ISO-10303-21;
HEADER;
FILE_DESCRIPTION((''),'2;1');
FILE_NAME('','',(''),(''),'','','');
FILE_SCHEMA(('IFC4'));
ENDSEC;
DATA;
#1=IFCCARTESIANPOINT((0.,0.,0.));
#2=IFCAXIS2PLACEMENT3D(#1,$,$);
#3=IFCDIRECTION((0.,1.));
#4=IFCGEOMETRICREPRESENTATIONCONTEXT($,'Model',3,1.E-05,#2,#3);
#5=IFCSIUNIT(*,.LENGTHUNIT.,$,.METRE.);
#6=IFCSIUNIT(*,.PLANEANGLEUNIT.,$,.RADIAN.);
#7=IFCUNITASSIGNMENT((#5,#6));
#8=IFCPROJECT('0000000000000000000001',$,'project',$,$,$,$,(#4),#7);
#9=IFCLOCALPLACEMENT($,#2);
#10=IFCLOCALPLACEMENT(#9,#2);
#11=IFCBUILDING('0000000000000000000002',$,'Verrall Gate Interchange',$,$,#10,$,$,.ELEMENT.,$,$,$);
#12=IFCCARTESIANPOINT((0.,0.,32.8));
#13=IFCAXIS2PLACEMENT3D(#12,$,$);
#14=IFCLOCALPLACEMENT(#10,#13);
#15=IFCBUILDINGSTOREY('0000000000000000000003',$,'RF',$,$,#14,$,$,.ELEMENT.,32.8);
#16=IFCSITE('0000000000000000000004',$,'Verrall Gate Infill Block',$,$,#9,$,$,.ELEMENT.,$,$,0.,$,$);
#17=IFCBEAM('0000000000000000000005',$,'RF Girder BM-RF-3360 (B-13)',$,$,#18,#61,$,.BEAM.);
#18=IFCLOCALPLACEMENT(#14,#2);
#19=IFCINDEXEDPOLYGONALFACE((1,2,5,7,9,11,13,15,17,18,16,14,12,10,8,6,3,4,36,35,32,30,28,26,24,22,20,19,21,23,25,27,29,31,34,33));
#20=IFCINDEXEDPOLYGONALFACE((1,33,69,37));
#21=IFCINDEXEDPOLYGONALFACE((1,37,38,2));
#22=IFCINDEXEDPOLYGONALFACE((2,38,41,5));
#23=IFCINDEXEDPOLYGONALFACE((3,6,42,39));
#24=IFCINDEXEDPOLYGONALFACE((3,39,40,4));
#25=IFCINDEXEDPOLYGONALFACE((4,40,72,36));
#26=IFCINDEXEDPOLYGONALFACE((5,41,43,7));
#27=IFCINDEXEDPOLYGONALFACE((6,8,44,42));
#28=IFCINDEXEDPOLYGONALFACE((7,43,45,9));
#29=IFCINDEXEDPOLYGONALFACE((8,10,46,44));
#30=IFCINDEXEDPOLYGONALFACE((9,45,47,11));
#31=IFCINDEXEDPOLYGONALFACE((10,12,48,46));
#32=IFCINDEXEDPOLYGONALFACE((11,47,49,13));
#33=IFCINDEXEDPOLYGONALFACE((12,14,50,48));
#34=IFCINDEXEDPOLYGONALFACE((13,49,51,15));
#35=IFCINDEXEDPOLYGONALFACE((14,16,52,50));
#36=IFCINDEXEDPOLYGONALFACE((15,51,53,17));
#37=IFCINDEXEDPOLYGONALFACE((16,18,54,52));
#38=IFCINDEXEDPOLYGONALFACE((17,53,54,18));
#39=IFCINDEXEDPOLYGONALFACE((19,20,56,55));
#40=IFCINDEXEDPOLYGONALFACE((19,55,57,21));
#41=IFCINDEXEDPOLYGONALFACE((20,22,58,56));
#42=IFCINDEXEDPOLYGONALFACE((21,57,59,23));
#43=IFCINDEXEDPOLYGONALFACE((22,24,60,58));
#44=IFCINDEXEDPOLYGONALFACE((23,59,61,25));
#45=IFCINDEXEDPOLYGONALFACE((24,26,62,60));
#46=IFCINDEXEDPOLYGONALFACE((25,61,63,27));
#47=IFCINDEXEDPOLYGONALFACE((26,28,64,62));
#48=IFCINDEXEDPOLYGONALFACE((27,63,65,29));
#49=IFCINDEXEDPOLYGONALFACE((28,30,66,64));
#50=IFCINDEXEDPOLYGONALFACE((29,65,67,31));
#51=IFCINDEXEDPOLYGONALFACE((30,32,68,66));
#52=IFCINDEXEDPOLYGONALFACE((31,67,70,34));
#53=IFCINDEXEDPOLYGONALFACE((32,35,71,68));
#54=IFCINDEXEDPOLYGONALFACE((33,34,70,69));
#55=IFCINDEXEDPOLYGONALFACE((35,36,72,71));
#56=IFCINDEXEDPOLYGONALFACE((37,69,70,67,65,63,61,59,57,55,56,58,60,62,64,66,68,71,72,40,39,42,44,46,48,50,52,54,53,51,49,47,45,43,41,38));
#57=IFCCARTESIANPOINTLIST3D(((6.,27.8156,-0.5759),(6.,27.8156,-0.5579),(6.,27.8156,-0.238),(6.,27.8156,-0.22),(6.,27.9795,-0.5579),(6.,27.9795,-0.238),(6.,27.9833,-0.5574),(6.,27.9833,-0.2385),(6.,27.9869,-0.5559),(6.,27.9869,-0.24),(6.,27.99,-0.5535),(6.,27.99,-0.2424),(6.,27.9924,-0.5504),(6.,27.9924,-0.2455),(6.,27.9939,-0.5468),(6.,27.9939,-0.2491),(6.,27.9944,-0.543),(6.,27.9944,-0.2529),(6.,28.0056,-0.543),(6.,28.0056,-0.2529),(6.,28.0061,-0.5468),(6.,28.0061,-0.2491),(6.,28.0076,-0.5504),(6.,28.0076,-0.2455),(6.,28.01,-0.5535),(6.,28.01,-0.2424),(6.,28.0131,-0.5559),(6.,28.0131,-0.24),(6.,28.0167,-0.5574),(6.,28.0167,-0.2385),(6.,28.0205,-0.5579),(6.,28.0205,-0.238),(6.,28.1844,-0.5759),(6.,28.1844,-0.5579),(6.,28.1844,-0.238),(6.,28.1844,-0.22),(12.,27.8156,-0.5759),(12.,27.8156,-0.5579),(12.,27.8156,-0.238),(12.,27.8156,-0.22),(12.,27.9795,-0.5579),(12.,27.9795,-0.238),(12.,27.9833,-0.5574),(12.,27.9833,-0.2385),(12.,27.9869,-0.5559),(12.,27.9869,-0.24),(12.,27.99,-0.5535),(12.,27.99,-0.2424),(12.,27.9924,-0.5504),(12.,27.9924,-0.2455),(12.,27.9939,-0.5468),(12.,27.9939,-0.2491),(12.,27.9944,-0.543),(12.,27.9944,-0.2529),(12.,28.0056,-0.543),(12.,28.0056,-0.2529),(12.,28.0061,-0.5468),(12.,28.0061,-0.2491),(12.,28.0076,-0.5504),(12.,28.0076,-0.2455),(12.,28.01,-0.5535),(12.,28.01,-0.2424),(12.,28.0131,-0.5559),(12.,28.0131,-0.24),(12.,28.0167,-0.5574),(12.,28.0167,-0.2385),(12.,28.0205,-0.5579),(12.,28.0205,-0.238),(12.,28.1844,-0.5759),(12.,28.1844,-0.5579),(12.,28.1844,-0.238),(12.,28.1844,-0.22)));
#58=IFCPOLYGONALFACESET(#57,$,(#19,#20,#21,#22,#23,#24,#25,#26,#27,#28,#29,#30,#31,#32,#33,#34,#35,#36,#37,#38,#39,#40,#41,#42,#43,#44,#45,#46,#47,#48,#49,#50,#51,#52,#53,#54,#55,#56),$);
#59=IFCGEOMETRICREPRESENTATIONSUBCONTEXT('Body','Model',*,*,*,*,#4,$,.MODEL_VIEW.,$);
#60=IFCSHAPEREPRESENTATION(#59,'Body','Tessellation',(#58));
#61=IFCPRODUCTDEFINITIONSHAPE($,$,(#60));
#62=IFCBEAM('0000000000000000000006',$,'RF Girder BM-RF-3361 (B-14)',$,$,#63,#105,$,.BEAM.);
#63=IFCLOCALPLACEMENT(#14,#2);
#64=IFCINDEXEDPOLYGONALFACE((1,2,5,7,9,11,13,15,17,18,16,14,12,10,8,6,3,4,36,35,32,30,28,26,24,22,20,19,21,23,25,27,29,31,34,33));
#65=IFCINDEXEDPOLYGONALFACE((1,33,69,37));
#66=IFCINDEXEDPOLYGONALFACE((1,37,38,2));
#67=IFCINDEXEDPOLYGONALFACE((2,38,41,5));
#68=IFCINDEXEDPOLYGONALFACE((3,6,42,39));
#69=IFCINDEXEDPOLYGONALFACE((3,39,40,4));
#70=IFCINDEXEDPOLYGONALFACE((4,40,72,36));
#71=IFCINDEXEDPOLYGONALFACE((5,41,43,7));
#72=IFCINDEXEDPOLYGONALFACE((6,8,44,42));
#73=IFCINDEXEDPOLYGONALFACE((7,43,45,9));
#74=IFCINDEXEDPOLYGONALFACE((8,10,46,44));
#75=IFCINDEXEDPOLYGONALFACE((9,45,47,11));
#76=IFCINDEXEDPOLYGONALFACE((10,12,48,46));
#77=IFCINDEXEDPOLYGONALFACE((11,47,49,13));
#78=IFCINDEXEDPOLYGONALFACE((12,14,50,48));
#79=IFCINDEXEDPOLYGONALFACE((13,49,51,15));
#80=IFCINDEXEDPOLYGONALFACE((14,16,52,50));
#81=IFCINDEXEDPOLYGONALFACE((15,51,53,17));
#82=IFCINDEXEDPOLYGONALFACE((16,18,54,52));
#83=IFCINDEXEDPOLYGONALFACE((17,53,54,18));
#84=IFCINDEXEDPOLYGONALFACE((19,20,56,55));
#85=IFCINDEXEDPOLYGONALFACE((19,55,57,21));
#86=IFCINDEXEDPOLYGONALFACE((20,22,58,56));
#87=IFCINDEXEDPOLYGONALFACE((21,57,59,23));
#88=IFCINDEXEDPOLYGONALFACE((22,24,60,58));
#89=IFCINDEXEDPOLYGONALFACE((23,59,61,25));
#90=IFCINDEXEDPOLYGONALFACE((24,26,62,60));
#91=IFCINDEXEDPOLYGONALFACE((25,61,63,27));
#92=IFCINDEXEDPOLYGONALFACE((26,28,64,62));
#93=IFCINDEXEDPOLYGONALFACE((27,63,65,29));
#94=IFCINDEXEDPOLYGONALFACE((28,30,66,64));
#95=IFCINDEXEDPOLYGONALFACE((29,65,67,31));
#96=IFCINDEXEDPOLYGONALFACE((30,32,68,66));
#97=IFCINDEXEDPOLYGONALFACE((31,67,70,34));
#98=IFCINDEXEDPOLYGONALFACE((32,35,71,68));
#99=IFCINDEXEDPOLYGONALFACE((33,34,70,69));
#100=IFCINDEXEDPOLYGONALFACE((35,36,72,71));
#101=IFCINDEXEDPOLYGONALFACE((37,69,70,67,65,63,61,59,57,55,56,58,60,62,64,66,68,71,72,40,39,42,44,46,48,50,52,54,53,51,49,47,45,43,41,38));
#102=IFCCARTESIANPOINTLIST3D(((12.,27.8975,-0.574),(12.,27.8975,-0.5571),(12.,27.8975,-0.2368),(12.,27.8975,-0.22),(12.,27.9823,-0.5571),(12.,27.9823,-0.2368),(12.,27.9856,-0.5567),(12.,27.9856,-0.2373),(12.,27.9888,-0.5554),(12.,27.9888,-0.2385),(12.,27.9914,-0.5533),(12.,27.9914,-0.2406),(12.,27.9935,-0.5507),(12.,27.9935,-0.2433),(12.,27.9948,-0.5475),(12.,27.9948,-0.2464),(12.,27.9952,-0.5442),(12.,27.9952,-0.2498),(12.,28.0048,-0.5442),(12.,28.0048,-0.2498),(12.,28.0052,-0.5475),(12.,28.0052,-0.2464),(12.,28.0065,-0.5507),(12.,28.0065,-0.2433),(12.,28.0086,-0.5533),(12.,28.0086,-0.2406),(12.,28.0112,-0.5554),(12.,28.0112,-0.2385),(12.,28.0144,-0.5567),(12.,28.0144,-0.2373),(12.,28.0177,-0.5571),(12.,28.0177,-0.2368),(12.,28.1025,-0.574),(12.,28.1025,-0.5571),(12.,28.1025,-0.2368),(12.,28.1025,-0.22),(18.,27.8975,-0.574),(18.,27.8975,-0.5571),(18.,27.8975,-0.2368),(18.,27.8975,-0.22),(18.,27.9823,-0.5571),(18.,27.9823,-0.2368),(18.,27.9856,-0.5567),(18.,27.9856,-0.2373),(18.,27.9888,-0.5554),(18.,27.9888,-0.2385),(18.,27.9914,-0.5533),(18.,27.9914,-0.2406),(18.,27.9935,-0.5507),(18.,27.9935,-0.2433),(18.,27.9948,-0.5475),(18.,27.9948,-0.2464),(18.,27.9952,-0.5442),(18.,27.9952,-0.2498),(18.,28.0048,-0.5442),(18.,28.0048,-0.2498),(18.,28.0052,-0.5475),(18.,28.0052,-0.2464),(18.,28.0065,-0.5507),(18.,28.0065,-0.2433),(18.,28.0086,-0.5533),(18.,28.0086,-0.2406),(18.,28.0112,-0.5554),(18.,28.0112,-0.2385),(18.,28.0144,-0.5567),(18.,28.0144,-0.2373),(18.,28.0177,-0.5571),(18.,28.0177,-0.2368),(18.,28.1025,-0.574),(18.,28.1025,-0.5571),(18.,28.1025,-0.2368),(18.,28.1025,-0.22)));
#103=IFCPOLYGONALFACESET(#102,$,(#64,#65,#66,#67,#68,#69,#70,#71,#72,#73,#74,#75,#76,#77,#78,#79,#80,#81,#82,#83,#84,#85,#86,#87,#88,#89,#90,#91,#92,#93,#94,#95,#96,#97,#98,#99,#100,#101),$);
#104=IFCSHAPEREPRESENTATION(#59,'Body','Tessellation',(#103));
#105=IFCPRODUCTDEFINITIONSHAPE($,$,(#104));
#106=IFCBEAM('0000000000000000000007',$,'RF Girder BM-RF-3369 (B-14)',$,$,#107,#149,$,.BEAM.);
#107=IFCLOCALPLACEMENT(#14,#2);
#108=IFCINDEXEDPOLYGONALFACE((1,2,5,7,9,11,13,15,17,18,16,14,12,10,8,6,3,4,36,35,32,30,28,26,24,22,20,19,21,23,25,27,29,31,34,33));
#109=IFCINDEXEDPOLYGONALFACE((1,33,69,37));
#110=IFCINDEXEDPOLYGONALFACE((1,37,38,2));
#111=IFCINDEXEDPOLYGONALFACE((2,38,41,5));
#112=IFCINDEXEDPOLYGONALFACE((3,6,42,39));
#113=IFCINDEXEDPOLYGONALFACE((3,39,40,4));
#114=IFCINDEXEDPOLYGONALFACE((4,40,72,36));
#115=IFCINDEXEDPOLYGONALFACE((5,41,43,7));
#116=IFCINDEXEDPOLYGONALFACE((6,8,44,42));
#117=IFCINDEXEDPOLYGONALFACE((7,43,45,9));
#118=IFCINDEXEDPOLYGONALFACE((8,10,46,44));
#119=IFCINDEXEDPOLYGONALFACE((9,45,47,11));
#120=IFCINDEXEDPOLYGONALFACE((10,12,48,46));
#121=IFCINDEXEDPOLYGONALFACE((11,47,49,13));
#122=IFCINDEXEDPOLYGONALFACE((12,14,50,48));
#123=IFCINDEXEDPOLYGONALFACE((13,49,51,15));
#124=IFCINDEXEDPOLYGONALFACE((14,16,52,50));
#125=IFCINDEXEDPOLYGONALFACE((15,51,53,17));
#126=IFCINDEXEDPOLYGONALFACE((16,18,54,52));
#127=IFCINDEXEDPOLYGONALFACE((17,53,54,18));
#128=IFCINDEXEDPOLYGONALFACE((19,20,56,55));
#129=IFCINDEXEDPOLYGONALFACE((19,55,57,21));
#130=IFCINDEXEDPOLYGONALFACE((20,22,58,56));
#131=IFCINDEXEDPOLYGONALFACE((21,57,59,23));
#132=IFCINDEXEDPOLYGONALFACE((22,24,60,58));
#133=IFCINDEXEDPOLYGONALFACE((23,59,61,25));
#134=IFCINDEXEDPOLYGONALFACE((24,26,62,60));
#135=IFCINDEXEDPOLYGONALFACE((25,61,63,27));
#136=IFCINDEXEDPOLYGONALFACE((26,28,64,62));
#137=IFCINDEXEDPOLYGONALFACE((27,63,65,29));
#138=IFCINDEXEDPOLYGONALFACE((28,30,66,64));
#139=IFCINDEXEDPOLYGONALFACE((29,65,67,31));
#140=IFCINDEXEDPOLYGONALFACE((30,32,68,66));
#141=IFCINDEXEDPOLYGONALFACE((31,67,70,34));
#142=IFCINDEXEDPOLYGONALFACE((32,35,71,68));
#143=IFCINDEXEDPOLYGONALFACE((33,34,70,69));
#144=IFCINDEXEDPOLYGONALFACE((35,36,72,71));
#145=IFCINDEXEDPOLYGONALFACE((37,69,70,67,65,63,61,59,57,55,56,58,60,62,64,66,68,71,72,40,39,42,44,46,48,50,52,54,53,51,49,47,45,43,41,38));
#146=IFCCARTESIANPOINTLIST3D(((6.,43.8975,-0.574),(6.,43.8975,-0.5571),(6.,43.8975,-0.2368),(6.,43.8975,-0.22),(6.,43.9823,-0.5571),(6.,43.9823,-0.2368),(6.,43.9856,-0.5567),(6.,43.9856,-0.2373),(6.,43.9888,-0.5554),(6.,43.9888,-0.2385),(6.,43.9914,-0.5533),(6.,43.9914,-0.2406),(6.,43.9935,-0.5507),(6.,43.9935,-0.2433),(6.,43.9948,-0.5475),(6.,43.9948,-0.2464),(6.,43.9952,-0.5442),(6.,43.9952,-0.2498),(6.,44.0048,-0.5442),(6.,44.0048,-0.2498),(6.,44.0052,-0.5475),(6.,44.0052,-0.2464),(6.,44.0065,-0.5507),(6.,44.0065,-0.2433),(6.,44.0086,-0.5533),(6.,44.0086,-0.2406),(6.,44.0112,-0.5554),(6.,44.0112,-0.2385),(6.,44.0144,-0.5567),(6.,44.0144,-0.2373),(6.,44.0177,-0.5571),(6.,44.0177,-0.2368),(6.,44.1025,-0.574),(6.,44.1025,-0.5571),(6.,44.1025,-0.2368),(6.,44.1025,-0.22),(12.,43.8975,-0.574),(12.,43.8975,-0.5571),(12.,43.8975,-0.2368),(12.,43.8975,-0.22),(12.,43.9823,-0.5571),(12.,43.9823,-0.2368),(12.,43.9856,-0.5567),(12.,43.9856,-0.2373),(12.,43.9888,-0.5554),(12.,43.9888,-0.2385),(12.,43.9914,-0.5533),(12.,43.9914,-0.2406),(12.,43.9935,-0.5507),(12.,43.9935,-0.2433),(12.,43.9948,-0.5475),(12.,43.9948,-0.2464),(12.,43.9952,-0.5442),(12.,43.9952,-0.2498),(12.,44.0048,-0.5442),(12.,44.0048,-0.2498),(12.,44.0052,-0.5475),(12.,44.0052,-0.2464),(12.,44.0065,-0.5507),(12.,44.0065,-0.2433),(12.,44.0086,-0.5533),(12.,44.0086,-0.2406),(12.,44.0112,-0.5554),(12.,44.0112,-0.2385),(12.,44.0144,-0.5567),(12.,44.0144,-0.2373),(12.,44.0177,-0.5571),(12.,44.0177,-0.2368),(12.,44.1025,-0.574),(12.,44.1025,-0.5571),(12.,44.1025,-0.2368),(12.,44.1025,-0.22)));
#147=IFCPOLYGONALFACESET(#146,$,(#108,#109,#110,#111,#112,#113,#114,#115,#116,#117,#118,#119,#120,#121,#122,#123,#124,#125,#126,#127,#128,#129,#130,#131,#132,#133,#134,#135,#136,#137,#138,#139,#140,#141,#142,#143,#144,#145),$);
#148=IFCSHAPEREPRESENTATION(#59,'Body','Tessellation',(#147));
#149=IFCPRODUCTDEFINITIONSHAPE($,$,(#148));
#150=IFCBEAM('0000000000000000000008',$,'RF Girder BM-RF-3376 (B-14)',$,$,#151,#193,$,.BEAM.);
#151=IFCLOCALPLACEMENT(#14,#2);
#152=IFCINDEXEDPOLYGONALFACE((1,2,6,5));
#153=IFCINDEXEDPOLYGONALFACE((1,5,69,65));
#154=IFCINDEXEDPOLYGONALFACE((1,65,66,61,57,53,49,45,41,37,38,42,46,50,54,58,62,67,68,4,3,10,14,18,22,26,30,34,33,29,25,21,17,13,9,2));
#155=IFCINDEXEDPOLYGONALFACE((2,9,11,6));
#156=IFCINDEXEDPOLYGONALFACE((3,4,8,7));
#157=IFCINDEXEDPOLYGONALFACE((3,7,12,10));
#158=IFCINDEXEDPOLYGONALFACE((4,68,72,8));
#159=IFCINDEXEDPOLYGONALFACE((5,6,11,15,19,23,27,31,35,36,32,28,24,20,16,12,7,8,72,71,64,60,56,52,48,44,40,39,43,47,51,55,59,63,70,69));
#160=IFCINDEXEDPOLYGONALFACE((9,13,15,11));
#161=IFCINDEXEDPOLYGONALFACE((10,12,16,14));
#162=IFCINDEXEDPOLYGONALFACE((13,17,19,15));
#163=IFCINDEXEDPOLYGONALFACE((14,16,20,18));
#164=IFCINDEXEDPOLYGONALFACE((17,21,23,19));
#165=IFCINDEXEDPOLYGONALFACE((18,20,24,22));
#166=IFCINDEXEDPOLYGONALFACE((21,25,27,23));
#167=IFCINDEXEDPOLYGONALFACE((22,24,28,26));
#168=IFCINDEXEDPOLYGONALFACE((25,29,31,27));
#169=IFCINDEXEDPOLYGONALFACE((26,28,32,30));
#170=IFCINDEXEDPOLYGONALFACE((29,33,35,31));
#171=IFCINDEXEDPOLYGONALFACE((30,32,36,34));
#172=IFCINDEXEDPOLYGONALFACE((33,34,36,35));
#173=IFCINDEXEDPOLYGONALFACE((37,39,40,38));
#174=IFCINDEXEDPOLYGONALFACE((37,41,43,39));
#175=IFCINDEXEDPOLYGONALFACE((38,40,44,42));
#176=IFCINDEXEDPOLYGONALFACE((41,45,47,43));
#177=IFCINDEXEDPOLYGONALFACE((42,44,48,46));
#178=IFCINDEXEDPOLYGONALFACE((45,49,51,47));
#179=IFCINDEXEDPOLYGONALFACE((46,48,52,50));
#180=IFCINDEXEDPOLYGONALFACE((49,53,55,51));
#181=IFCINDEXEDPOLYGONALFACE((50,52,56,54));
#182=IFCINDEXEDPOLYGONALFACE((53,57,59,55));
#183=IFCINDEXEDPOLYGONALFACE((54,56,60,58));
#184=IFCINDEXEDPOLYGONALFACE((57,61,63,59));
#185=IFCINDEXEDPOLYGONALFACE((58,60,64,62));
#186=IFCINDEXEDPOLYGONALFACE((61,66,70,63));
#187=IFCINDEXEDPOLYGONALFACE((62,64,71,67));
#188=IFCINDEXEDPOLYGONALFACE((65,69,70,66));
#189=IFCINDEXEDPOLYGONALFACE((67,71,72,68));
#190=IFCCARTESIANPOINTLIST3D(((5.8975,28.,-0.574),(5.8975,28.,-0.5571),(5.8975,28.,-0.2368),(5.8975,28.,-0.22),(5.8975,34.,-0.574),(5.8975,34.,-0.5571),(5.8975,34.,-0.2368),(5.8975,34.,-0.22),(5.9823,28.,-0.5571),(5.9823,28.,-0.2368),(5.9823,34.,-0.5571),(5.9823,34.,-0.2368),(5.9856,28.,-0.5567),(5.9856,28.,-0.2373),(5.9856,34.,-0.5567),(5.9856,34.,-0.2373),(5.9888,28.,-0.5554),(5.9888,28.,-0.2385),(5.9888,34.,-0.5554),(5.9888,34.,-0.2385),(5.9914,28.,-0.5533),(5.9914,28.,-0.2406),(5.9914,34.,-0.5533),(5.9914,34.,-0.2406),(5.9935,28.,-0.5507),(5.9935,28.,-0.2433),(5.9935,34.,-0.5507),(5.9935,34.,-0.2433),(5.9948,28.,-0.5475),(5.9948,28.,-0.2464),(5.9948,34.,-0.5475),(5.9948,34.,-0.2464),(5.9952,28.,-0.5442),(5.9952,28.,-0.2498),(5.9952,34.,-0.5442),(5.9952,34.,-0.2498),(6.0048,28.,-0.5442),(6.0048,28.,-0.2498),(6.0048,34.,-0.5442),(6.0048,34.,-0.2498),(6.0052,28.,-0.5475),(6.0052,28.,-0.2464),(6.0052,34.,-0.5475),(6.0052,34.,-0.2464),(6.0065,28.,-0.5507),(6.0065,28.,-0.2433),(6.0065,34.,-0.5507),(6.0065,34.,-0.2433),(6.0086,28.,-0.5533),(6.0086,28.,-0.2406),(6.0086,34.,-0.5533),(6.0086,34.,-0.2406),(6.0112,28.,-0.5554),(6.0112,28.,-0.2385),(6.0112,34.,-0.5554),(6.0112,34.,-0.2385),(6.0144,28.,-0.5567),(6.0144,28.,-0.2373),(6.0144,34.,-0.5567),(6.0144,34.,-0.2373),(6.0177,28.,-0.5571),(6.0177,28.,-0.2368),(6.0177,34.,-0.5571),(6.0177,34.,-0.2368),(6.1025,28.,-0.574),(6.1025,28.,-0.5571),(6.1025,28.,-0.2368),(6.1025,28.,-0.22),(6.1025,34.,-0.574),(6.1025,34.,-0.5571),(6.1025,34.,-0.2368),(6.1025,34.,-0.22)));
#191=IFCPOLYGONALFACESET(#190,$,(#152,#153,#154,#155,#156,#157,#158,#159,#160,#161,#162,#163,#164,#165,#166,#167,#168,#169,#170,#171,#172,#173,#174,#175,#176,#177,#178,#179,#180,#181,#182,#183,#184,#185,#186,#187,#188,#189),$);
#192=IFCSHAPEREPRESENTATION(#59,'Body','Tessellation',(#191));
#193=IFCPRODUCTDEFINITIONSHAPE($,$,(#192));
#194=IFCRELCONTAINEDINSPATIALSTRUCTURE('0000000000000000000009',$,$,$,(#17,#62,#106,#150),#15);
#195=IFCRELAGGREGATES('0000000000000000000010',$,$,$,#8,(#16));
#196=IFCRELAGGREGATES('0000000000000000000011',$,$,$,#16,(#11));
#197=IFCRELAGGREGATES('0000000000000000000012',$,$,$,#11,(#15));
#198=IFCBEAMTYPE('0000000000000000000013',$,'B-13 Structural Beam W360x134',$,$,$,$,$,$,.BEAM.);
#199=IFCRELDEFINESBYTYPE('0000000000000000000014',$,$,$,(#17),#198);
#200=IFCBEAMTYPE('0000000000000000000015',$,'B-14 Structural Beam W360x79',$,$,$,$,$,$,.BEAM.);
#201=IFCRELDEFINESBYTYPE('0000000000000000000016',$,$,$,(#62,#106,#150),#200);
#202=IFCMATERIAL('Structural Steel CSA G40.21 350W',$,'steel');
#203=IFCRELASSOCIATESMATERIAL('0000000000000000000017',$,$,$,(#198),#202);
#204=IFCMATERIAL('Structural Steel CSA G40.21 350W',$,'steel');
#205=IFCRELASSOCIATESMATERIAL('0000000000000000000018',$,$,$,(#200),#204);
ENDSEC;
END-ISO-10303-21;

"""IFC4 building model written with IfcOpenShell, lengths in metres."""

from ifc_helpers import new_model, si_unit, direction, frame, origin, origin_2d, place, context, subcontext, project, spatial, i_section, extrude, material, material_profile, profile_set, type_object, element, save


model = new_model("IFC4")

# Units and contexts
model_context = context("Model", 3, precision=1e-05, world=origin(), true_north=direction((0.0, 1.0)))
body_context = subcontext(model_context, "Body", "Model", "MODEL_VIEW")
ifc_project = project(units=[si_unit("LENGTHUNIT", "METRE"), si_unit("PLANEANGLEUNIT", "RADIAN")], contexts=[model_context])

# Site, building, storey
site_placement = place(None, origin())
site = spatial("IfcSite", under=ifc_project, at=site_placement, Name="Verrall Gate Infill Block", CompositionType="ELEMENT", RefElevation=0.0)
building_placement = place(site_placement, origin())
building = spatial("IfcBuilding", under=site, at=building_placement, Name="Verrall Gate Interchange", CompositionType="ELEMENT")
storey_placement = place(building_placement, frame((0.0, 0.0, 32.8)))
storey = spatial("IfcBuildingStorey", under=building, at=storey_placement, Name="RF", CompositionType="ELEMENT", Elevation=32.8)

# Beams
ifc_material_1 = material(Name="Structural Steel CSA G40.21 350W", Category="steel")
ifc_material_profile_1 = material_profile(ifc_material_1, i_section(OverallWidth=0.3689, OverallDepth=0.356, WebThickness=0.0112, FlangeThickness=0.0181, FilletRadius=0.0149, at=origin_2d()), Name="W360x134")
ifc_profile_set_1 = profile_set([ifc_material_profile_1], Name="Structural Steel CSA G40.21 350W")
beam_type_1 = type_object("IfcBeamType", Name="B-13 Structural Beam W360x134", PredefinedType="BEAM", material=ifc_profile_set_1)
beam_1_placement = place(storey_placement, frame((6.0, 28.0, -0.3979), z_axis=(1.0, 0.0, 0.0), x_axis=(0.0, 1.0, 0.0)))
element("IfcBeam", 1, at=beam_1_placement, inside=storey, type_object=beam_type_1, Name="RF Girder BM-RF-3360 (B-13)", PredefinedType="BEAM", context=body_context, shape_type="SweptSolid", body=[
    extrude(i_section(OverallWidth=0.3689, OverallDepth=0.356, WebThickness=0.0112, FlangeThickness=0.0181, FilletRadius=0.0149, at=origin_2d()), origin(), (0.0, 0.0, 1.0), 6.0),
])
ifc_material_2 = material(Name="Structural Steel CSA G40.21 350W", Category="steel")
ifc_material_profile_2 = material_profile(ifc_material_2, i_section(OverallWidth=0.2051, OverallDepth=0.354, WebThickness=0.0095, FlangeThickness=0.0168, FilletRadius=0.0129, at=origin_2d()), Name="W360x79")
ifc_profile_set_2 = profile_set([ifc_material_profile_2], Name="Structural Steel CSA G40.21 350W")
beam_type_2 = type_object("IfcBeamType", Name="B-14 Structural Beam W360x79", PredefinedType="BEAM", material=ifc_profile_set_2)
for number, where, z_axis, x_axis, name in (
    (2, (12.0, 28.0, -0.397), (1.0, 0.0, 0.0), (0.0, 1.0, 0.0), "RF Girder BM-RF-3361 (B-14)"),
    (3, (6.0, 44.0, -0.397), (1.0, 0.0, 0.0), (0.0, 1.0, 0.0), "RF Girder BM-RF-3369 (B-14)"),
    (4, (6.0, 28.0, -0.397), (0.0, 1.0, 0.0), (-1.0, 0.0, 0.0), "RF Girder BM-RF-3376 (B-14)"),
):
    element("IfcBeam", number, at=place(storey_placement, frame(where, z_axis=z_axis, x_axis=x_axis)), inside=storey, type_object=beam_type_2, Name=name, PredefinedType="BEAM", context=body_context, shape_type="SweptSolid", body=[
        extrude(i_section(OverallWidth=0.2051, OverallDepth=0.354, WebThickness=0.0095, FlangeThickness=0.0168, FilletRadius=0.0129, at=origin_2d()), origin(), (0.0, 0.0, 1.0), 6.0),
    ])

save(model, "model.ifc")
